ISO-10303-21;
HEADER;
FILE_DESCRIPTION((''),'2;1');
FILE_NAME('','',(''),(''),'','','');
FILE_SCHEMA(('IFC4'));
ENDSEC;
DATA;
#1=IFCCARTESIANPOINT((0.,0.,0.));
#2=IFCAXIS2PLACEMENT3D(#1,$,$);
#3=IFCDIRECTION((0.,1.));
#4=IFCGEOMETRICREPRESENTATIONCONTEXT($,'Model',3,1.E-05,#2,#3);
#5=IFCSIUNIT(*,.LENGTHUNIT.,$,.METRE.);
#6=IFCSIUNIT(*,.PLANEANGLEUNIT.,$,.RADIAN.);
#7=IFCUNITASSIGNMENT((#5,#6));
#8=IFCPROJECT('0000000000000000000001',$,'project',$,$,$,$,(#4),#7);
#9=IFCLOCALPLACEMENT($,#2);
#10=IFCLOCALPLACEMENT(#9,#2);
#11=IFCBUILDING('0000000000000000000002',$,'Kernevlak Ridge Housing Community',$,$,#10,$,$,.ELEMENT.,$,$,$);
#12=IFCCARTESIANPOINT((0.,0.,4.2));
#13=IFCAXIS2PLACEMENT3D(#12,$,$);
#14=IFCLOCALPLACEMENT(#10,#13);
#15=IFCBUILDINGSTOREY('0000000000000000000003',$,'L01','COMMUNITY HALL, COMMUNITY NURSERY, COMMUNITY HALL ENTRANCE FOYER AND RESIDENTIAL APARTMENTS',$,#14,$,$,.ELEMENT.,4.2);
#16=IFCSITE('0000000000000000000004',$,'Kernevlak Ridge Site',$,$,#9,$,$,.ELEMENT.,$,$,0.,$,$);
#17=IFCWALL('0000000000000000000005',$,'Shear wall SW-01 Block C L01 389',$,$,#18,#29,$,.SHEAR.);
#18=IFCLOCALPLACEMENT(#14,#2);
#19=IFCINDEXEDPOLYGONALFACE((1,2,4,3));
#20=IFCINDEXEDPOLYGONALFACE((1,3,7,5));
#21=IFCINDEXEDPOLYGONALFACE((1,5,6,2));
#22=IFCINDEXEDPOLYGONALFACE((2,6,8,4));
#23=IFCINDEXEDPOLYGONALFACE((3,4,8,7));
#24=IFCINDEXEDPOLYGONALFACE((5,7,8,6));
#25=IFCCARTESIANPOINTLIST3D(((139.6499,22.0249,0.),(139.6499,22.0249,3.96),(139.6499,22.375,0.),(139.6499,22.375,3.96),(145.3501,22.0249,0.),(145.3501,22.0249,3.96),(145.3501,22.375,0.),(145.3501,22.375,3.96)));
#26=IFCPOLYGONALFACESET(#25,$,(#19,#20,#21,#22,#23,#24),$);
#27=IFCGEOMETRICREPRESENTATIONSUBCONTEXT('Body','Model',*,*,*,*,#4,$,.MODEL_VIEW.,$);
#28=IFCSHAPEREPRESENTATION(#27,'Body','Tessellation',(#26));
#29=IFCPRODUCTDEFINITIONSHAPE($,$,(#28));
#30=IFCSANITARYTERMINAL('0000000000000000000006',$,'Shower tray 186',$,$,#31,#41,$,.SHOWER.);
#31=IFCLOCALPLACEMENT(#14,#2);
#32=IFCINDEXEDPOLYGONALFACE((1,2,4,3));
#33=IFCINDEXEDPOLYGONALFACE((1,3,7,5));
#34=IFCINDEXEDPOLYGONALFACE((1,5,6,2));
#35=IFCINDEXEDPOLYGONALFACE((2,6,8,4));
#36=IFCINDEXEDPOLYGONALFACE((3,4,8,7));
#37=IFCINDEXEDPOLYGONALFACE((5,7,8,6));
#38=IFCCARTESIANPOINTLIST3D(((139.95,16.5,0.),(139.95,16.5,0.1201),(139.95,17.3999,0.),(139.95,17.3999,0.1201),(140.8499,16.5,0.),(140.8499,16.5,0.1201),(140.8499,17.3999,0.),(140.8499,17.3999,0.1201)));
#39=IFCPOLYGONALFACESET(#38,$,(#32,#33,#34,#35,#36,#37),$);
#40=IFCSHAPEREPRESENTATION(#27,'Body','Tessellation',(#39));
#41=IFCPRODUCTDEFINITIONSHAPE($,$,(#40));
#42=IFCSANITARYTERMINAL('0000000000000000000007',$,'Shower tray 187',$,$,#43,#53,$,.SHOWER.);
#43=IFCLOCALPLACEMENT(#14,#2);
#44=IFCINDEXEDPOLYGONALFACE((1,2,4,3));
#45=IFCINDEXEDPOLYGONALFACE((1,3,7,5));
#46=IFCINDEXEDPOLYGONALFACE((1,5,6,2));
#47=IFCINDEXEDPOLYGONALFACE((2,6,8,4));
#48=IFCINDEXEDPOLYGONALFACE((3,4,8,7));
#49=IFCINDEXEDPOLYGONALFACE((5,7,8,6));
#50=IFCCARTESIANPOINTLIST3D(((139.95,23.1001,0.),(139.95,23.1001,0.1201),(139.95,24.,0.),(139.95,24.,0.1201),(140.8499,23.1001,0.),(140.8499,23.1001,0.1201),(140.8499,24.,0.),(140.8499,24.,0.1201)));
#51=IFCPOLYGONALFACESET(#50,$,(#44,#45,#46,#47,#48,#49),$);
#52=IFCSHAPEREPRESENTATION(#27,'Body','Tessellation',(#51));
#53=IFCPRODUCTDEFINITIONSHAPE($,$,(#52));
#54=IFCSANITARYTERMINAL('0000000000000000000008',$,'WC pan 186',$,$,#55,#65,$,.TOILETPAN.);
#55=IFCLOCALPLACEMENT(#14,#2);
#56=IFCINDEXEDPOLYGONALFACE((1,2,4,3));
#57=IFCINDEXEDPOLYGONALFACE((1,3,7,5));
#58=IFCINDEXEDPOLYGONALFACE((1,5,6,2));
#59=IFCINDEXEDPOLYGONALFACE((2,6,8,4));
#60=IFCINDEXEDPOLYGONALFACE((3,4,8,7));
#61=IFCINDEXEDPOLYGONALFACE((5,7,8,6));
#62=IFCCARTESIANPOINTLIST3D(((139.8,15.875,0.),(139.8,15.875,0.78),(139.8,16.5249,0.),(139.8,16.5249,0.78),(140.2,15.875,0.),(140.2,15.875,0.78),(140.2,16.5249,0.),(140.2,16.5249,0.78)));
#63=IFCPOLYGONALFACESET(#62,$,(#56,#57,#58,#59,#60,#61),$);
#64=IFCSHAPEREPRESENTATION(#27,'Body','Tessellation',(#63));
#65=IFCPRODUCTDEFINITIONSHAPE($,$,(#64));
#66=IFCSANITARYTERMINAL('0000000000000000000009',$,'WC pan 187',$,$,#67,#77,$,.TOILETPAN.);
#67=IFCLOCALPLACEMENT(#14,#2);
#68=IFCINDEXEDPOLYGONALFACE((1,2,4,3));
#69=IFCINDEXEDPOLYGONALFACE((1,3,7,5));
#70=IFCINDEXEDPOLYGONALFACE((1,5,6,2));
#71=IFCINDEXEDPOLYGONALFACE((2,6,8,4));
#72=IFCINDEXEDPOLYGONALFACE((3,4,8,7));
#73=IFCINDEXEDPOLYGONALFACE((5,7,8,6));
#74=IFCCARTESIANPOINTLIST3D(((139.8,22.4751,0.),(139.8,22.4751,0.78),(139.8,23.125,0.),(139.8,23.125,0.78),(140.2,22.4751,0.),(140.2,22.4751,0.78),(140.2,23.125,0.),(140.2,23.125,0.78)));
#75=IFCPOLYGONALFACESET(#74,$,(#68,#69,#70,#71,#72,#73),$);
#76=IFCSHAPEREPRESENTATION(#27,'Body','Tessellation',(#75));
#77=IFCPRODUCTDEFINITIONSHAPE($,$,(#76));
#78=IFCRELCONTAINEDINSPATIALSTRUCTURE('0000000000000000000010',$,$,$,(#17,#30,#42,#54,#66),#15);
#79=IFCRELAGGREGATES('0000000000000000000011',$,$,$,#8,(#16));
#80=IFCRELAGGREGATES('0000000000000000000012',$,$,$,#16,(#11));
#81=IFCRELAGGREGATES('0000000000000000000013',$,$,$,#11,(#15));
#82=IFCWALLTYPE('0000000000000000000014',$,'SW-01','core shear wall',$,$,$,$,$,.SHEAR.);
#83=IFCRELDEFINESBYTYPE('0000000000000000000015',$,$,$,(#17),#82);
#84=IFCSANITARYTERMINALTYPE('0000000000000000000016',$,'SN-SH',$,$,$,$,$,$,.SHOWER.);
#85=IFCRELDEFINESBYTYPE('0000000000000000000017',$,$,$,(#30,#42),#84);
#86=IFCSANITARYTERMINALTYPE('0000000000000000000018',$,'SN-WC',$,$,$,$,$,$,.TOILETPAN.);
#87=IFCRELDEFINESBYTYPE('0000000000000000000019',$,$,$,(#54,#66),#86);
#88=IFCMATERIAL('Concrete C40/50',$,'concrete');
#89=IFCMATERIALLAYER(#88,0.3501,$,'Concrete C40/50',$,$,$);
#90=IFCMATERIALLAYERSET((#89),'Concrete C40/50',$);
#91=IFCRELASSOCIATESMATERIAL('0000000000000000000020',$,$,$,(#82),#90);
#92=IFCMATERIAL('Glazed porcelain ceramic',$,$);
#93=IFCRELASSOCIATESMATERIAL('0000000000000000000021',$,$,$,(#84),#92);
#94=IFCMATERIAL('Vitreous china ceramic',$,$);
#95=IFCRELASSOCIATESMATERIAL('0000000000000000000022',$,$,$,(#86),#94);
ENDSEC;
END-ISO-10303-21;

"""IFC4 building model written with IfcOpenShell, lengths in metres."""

from ifc_helpers import new_model, si_unit, direction, frame, frame_2d, origin, origin_2d, place, context, subcontext, project, spatial, rectangle, extrude, material, layer, layer_set, type_object, element, save


model = new_model("IFC4")

# Units and contexts
model_context = context("Model", 3, precision=1e-05, world=origin(), true_north=direction((0.0, 1.0)))
body_context = subcontext(model_context, "Body", "Model", "MODEL_VIEW")
ifc_project = project(units=[si_unit("LENGTHUNIT", "METRE"), si_unit("PLANEANGLEUNIT", "RADIAN")], contexts=[model_context])

# Site, building, storey
site_placement = place(None, origin())
site = spatial("IfcSite", under=ifc_project, at=site_placement, Name="Kernevlak Ridge Site", CompositionType="ELEMENT", RefElevation=0.0)
building_placement = place(site_placement, origin())
building = spatial("IfcBuilding", under=site, at=building_placement, Name="Kernevlak Ridge Housing Community", CompositionType="ELEMENT")
storey_placement = place(building_placement, frame((0.0, 0.0, 4.2)))
storey = spatial("IfcBuildingStorey", under=building, at=storey_placement, Name="L01", Description="COMMUNITY HALL, COMMUNITY NURSERY, COMMUNITY HALL ENTRANCE FOYER AND RESIDENTIAL APARTMENTS", CompositionType="ELEMENT", Elevation=4.2)

# Shared definitions
ifc_material_1 = material(Name="Concrete C40/50", Category="concrete")

# Wall
ifc_layer_1 = layer(ifc_material_1, 0.3501, Name="Concrete C40/50")
ifc_layer_set_1 = layer_set([ifc_layer_1], Name="Concrete C40/50")
wall_type_1 = type_object("IfcWallType", Name="SW-01", Description="core shear wall", PredefinedType="SHEAR", material=ifc_layer_set_1)
wall_1_placement = place(storey_placement, frame((139.6499, 22.2, 0.0), z_axis=(0.0, 0.0, 1.0), x_axis=(1.0, 0.0, 0.0)))
element("IfcWall", 1, at=wall_1_placement, inside=storey, type_object=wall_type_1, Name="Shear wall SW-01 Block C L01 389", PredefinedType="SHEAR", context=body_context, shape_type="SweptSolid", body=[
    extrude(rectangle(XDim=5.7002, YDim=0.3501, at=frame_2d((2.8501, 0.0))), origin(), (0.0, 0.0, 1.0), 3.96),
])

# Sanitary terminals
ifc_material_2 = material(Name="Glazed porcelain ceramic")
sanitary_terminal_type_1 = type_object("IfcSanitaryTerminalType", Name="SN-SH", PredefinedType="SHOWER", material=ifc_material_2)
for number, where, z_axis, x_axis, name in (
    (2, (140.3999, 16.95, 0.0), (0.0, 0.0, 1.0), (1.0, 0.0, 0.0), "Shower tray 186"),
    (3, (140.3999, 23.55, 0.0), (0.0, 0.0, 1.0), (1.0, 0.0, 0.0), "Shower tray 187"),
):
    element("IfcSanitaryTerminal", number, at=place(storey_placement, frame(where, z_axis=z_axis, x_axis=x_axis)), inside=storey, type_object=sanitary_terminal_type_1, Name=name, PredefinedType="SHOWER", context=body_context, shape_type="SweptSolid", body=[
        extrude(rectangle(XDim=0.8999, YDim=0.8999, at=origin_2d()), origin(), (0.0, 0.0, 1.0), 0.1201),
    ])
ifc_material_3 = material(Name="Vitreous china ceramic")
sanitary_terminal_type_2 = type_object("IfcSanitaryTerminalType", Name="SN-WC", PredefinedType="TOILETPAN", material=ifc_material_3)
for number, where, z_axis, x_axis, name in (
    (4, (140.0, 16.2, 0.0), (0.0, 0.0, 1.0), (1.0, 0.0, 0.0), "WC pan 186"),
    (5, (140.0, 22.8, 0.0), (0.0, 0.0, 1.0), (1.0, 0.0, 0.0), "WC pan 187"),
):
    element("IfcSanitaryTerminal", number, at=place(storey_placement, frame(where, z_axis=z_axis, x_axis=x_axis)), inside=storey, type_object=sanitary_terminal_type_2, Name=name, PredefinedType="TOILETPAN", context=body_context, shape_type="SweptSolid", body=[
        extrude(rectangle(XDim=0.3999, YDim=0.6499, at=origin_2d()), origin(), (0.0, 0.0, 1.0), 0.78),
    ])

save(model, "model.ifc")
